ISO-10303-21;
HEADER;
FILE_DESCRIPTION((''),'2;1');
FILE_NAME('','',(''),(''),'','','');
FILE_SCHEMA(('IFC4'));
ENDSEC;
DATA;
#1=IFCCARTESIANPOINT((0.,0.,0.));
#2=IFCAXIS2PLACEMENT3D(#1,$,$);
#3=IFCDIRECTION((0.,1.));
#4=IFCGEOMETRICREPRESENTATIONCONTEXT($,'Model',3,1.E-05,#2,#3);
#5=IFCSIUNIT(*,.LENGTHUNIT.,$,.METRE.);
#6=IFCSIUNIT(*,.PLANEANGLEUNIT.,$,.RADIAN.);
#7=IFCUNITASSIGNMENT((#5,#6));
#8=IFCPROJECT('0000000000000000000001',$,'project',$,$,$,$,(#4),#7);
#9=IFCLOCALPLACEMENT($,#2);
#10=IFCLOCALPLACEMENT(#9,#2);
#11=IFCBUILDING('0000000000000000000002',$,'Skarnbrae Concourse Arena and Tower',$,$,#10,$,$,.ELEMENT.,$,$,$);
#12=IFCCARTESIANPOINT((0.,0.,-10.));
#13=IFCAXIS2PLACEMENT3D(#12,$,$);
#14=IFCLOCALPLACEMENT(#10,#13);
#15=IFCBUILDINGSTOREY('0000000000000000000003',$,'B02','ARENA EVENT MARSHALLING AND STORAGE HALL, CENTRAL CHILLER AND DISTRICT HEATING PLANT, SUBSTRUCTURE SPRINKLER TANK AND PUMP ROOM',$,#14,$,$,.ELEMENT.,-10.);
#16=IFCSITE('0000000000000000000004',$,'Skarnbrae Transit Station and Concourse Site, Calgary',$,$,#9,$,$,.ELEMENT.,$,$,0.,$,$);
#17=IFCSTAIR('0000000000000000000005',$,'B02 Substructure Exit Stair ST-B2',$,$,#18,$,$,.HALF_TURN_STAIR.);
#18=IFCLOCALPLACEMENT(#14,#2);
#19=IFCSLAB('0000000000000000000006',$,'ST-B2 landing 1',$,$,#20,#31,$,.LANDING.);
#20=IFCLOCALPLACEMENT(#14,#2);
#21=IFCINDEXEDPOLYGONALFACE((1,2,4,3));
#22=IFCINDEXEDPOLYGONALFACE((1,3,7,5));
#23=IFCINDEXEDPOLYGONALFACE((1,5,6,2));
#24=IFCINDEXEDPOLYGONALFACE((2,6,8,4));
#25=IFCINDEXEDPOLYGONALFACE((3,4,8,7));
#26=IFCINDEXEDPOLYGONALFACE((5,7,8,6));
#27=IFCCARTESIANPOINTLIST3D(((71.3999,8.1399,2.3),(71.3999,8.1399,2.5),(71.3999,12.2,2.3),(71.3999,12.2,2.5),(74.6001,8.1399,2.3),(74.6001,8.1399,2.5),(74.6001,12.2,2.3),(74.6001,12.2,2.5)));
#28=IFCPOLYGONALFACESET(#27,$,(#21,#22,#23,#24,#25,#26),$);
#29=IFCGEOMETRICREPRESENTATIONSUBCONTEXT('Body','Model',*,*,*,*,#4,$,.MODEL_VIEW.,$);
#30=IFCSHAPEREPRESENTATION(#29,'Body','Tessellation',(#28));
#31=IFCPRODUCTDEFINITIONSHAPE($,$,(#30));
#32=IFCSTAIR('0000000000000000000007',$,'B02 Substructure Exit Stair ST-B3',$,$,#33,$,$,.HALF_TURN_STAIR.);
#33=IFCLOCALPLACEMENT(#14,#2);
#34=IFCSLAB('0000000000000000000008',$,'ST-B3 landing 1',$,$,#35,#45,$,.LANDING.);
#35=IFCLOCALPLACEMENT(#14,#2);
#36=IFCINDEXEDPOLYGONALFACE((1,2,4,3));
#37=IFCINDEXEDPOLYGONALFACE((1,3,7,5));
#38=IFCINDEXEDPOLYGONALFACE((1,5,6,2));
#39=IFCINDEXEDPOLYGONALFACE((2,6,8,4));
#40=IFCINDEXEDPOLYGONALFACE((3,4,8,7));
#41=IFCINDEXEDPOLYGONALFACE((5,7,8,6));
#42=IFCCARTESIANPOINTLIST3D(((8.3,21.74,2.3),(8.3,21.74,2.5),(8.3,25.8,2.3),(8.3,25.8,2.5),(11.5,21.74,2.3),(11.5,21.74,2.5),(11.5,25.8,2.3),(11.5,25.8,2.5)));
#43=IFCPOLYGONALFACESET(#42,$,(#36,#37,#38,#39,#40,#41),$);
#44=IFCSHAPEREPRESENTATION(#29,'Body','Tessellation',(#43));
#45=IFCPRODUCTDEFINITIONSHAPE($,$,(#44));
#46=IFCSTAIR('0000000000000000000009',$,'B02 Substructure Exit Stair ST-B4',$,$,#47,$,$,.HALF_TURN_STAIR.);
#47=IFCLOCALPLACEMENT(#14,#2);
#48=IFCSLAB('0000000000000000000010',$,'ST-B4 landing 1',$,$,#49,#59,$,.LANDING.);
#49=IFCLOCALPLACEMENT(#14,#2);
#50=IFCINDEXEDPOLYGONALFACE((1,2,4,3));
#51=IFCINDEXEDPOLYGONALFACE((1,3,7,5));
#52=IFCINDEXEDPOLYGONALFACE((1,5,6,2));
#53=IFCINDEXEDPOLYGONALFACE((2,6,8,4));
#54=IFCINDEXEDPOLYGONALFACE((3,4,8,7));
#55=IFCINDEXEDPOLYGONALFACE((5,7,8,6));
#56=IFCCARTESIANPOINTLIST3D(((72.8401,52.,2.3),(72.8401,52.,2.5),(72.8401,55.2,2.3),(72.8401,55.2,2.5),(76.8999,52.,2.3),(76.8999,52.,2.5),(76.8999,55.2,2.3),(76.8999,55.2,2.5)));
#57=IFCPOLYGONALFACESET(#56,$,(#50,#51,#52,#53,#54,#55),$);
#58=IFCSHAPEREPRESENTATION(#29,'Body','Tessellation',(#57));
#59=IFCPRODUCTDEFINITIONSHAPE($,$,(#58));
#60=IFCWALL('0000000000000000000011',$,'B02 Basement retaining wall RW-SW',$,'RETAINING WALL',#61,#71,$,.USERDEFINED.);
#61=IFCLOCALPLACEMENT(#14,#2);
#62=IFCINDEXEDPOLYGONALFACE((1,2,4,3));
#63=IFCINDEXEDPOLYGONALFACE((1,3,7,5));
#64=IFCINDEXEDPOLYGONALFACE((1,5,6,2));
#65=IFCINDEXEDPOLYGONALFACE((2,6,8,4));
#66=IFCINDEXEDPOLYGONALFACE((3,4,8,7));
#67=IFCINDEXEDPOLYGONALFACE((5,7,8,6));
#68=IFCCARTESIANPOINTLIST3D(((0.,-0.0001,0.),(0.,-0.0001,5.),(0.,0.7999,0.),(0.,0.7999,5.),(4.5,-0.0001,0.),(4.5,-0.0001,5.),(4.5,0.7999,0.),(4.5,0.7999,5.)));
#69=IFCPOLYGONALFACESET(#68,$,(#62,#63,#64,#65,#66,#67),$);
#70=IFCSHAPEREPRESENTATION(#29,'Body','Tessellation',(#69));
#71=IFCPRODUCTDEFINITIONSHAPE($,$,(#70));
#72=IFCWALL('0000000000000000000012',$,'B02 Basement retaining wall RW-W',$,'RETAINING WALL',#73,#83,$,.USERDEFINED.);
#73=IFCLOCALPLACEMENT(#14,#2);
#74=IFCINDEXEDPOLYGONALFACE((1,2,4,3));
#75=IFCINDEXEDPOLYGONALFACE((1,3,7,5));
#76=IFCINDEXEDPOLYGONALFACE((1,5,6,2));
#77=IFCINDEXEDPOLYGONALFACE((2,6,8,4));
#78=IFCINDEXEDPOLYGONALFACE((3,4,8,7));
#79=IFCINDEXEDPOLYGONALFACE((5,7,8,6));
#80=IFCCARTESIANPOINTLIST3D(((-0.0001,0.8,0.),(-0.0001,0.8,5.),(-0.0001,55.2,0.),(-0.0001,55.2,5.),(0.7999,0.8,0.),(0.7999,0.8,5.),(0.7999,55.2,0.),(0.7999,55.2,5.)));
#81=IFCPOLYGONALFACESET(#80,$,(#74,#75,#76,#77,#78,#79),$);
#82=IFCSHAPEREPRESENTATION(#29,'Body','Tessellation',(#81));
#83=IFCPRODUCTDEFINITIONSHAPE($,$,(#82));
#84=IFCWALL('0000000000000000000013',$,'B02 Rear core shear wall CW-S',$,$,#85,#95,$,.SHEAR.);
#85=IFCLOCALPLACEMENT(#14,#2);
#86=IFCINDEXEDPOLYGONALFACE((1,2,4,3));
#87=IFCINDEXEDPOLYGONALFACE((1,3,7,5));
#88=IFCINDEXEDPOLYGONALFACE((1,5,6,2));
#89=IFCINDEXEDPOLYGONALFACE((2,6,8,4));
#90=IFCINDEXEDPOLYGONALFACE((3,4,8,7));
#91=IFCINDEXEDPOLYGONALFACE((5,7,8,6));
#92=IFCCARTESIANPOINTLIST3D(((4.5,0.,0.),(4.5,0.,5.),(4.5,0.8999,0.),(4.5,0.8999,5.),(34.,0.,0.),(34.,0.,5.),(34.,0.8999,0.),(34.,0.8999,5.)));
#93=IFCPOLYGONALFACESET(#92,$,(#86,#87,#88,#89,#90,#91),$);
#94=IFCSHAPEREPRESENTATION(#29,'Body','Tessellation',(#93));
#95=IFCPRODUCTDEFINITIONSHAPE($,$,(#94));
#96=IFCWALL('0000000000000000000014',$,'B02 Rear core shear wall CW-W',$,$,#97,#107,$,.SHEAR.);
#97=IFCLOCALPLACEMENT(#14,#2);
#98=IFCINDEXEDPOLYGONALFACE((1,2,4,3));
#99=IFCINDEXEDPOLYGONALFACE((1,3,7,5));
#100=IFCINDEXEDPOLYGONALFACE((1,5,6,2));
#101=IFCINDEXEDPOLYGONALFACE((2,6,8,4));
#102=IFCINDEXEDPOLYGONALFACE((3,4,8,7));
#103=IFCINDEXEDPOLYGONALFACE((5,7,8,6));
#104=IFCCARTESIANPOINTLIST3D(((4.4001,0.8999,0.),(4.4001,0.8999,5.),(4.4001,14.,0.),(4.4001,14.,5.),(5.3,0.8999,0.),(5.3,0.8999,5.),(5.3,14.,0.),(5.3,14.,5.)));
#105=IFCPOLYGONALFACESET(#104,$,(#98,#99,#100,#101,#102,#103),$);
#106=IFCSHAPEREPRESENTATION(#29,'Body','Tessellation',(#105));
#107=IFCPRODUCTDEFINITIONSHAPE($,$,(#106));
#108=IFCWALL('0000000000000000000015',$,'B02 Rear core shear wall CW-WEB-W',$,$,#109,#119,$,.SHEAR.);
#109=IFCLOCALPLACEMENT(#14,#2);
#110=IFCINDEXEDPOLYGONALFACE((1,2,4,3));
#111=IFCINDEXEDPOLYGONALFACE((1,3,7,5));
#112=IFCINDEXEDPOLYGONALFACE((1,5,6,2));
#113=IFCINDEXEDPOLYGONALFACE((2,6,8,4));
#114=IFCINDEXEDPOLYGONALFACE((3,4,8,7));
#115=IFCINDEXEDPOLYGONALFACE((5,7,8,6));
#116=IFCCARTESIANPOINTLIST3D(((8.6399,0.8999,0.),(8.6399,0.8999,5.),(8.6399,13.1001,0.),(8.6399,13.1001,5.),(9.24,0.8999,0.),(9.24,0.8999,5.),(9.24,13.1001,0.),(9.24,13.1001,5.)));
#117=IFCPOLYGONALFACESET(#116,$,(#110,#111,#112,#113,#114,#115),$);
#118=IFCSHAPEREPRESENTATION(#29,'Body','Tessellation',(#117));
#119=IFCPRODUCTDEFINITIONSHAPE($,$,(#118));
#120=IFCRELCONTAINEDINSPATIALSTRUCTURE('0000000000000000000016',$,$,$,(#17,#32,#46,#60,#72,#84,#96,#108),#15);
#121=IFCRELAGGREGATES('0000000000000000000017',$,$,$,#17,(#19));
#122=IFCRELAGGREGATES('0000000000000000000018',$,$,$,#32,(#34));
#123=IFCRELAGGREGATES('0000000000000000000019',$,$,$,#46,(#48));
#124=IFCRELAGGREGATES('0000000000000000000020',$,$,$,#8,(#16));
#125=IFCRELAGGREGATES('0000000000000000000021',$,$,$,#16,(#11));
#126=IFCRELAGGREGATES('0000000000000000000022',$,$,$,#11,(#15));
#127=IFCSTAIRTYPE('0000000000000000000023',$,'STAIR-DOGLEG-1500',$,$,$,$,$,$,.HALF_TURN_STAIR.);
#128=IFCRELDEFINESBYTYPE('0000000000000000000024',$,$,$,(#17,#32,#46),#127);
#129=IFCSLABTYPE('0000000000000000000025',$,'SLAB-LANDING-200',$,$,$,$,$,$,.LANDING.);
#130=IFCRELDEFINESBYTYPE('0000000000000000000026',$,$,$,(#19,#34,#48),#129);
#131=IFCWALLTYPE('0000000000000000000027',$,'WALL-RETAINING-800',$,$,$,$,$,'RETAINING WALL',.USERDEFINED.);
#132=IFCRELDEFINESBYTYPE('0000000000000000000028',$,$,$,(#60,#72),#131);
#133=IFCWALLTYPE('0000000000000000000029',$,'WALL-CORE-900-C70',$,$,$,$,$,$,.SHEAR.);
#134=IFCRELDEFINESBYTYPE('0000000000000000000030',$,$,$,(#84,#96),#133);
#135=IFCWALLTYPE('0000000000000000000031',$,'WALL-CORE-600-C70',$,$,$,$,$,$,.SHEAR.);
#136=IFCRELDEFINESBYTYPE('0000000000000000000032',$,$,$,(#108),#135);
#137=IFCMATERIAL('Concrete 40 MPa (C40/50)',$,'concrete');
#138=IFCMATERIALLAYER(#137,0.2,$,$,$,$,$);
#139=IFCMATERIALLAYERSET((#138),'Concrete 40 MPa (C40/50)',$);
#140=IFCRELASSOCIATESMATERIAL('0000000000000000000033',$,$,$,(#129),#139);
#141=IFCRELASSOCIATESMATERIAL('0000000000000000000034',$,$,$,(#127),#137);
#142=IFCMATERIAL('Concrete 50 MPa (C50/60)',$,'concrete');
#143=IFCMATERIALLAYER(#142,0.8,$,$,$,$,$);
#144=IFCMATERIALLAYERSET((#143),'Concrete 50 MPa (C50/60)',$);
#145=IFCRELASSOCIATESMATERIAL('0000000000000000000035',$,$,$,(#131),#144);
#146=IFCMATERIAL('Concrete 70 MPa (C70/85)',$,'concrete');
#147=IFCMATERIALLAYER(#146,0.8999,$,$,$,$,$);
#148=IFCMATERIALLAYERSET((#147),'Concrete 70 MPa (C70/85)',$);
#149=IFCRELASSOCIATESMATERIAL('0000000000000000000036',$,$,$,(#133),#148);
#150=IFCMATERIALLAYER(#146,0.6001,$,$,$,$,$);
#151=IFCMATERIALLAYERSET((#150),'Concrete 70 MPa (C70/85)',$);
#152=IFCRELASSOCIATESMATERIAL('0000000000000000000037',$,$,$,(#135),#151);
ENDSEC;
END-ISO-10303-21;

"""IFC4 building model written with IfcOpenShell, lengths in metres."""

from ifc_helpers import new_model, si_unit, direction, frame, frame_2d, origin, place, context, subcontext, project, spatial, polyline, rectangle, outline, extrude, source, transform, mapped, material, layer, layer_set, type_object, element, aggregate, save


model = new_model("IFC4")

# Units and contexts
model_context = context("Model", 3, precision=1e-05, world=origin(), true_north=direction((0.0, 1.0)))
body_context = subcontext(model_context, "Body", "Model", "MODEL_VIEW")
ifc_project = project(units=[si_unit("LENGTHUNIT", "METRE"), si_unit("PLANEANGLEUNIT", "RADIAN")], contexts=[model_context])

# Site, building, storey
site_placement = place(None, origin())
site = spatial("IfcSite", under=ifc_project, at=site_placement, Name="Skarnbrae Transit Station and Concourse Site, Calgary", CompositionType="ELEMENT", RefElevation=0.0)
building_placement = place(site_placement, origin())
building = spatial("IfcBuilding", under=site, at=building_placement, Name="Skarnbrae Concourse Arena and Tower", CompositionType="ELEMENT")
storey_placement = place(building_placement, frame((0.0, 0.0, -10.0)))
storey = spatial("IfcBuildingStorey", under=building, at=storey_placement, Name="B02", Description="ARENA EVENT MARSHALLING AND STORAGE HALL, CENTRAL CHILLER AND DISTRICT HEATING PLANT, SUBSTRUCTURE SPRINKLER TANK AND PUMP ROOM", CompositionType="ELEMENT", Elevation=-10.0)

# Shared definitions
ifc_material_1 = material(Name="Concrete 50 MPa (C50/60)", Category="concrete")

# Shared definitions
ifc_material_2 = material(Name="Concrete 40 MPa (C40/50)", Category="concrete")

# Stairs, slabs
ifc_layer_1 = layer(ifc_material_2, 0.2)
ifc_layer_set_1 = layer_set([ifc_layer_1], Name="Concrete 40 MPa (C40/50)")
slab_type_1 = type_object("IfcSlabType", Name="SLAB-LANDING-200", PredefinedType="LANDING", material=ifc_layer_set_1)
stair_type_1 = type_object("IfcStairType", Name="STAIR-DOGLEG-1500", PredefinedType="HALF_TURN_STAIR", material=ifc_material_2)
stair_1_placement = place(storey_placement, origin())
stair_1 = element("IfcStair", 1, at=stair_1_placement, inside=storey, type_object=stair_type_1, Name="B02 Substructure Exit Stair ST-B2", PredefinedType="HALF_TURN_STAIR")
slab_1_placement = place(storey_placement, frame((0.0, 0.0, 2.3)))
slab_1 = element("IfcSlab", 2, at=slab_1_placement, type_object=slab_type_1, Name="ST-B2 landing 1", PredefinedType="LANDING", context=body_context, shape_type="SweptSolid", body=[
    extrude(outline(polyline([(74.6001, 8.1399), (74.6001, 12.2), (71.3999, 12.2), (71.3999, 8.1399), (74.6001, 8.1399)])), origin(), (0.0, 0.0, 1.0), 0.2),
])
aggregate(stair_1, [slab_1])
stair_2_placement = place(storey_placement, origin())
stair_2 = element("IfcStair", 3, at=stair_2_placement, inside=storey, type_object=stair_type_1, Name="B02 Substructure Exit Stair ST-B3", PredefinedType="HALF_TURN_STAIR")
slab_2_placement = place(storey_placement, frame((0.0, 0.0, 2.3)))
slab_2 = element("IfcSlab", 4, at=slab_2_placement, type_object=slab_type_1, Name="ST-B3 landing 1", PredefinedType="LANDING", context=body_context, shape_type="SweptSolid", body=[
    extrude(outline(polyline([(11.5, 21.74), (11.5, 25.8), (8.3, 25.8), (8.3, 21.74), (11.5, 21.74)])), origin(), (0.0, 0.0, 1.0), 0.2),
])
aggregate(stair_2, [slab_2])
stair_3_placement = place(storey_placement, origin())
stair_3 = element("IfcStair", 5, at=stair_3_placement, inside=storey, type_object=stair_type_1, Name="B02 Substructure Exit Stair ST-B4", PredefinedType="HALF_TURN_STAIR")
slab_3_placement = place(storey_placement, frame((0.0, 0.0, 2.3)))
slab_3 = element("IfcSlab", 6, at=slab_3_placement, type_object=slab_type_1, Name="ST-B4 landing 1", PredefinedType="LANDING", context=body_context, shape_type="SweptSolid", body=[
    extrude(outline(polyline([(72.8401, 52.0), (76.8999, 52.0), (76.8999, 55.2), (72.8401, 55.2), (72.8401, 52.0)])), origin(), (0.0, 0.0, 1.0), 0.2),
])
aggregate(stair_3, [slab_3])

# Walls
ifc_layer_2 = layer(ifc_material_1, 0.8)
ifc_layer_set_2 = layer_set([ifc_layer_2], Name="Concrete 50 MPa (C50/60)")
wall_type_1 = type_object("IfcWallType", Name="WALL-RETAINING-800", ElementType="RETAINING WALL", PredefinedType="USERDEFINED", material=ifc_layer_set_2)
shared_shape_1 = source(origin(), body_context, "Body", "SweptSolid", [
    extrude(rectangle(XDim=4.5, YDim=0.8, at=frame_2d((2.25, 0.0))), origin(), (0.0, 0.0, 1.0), 5.0),
])
wall_1_placement = place(storey_placement, frame((0.0, 0.3999, 0.0), z_axis=(0.0, 0.0, 1.0), x_axis=(1.0, 0.0, 0.0)))
element("IfcWall", 7, at=wall_1_placement, inside=storey, type_object=wall_type_1, Name="B02 Basement retaining wall RW-SW", ObjectType="RETAINING WALL", PredefinedType="USERDEFINED", context=body_context, shape_type="MappedRepresentation", body=[
    mapped(shared_shape_1, transform((0.0, 0.0, 0.0))),
])
shared_shape_2 = source(origin(), body_context, "Body", "SweptSolid", [
    extrude(rectangle(XDim=54.3999, YDim=0.8, at=frame_2d((27.2, 0.0))), origin(), (0.0, 0.0, 1.0), 5.0),
])
wall_2_placement = place(storey_placement, frame((0.3999, 0.8, 0.0), z_axis=(0.0, 0.0, 1.0), x_axis=(0.0, 1.0, 0.0)))
element("IfcWall", 8, at=wall_2_placement, inside=storey, type_object=wall_type_1, Name="B02 Basement retaining wall RW-W", ObjectType="RETAINING WALL", PredefinedType="USERDEFINED", context=body_context, shape_type="MappedRepresentation", body=[
    mapped(shared_shape_2, transform((0.0, 0.0, 0.0))),
])
ifc_material_3 = material(Name="Concrete 70 MPa (C70/85)", Category="concrete")
ifc_layer_3 = layer(ifc_material_3, 0.8999)
ifc_layer_set_3 = layer_set([ifc_layer_3], Name="Concrete 70 MPa (C70/85)")
wall_type_2 = type_object("IfcWallType", Name="WALL-CORE-900-C70", PredefinedType="SHEAR", material=ifc_layer_set_3)
shared_shape_3 = source(origin(), body_context, "Body", "SweptSolid", [
    extrude(rectangle(XDim=29.5, YDim=0.8999, at=frame_2d((14.75, 0.0))), origin(), (0.0, 0.0, 1.0), 5.0),
])
wall_3_placement = place(storey_placement, frame((4.5, 0.45, 0.0), z_axis=(0.0, 0.0, 1.0), x_axis=(1.0, 0.0, 0.0)))
element("IfcWall", 9, at=wall_3_placement, inside=storey, type_object=wall_type_2, Name="B02 Rear core shear wall CW-S", PredefinedType="SHEAR", context=body_context, shape_type="MappedRepresentation", body=[
    mapped(shared_shape_3, transform((0.0, 0.0, 0.0))),
])
shared_shape_4 = source(origin(), body_context, "Body", "SweptSolid", [
    extrude(rectangle(XDim=13.1001, YDim=0.8999, at=frame_2d((6.55, 0.0))), origin(), (0.0, 0.0, 1.0), 5.0),
])
wall_4_placement = place(storey_placement, frame((4.8501, 0.8999, 0.0), z_axis=(0.0, 0.0, 1.0), x_axis=(0.0, 1.0, 0.0)))
element("IfcWall", 10, at=wall_4_placement, inside=storey, type_object=wall_type_2, Name="B02 Rear core shear wall CW-W", PredefinedType="SHEAR", context=body_context, shape_type="MappedRepresentation", body=[
    mapped(shared_shape_4, transform((0.0, 0.0, 0.0))),
])
ifc_layer_4 = layer(ifc_material_3, 0.6001)
ifc_layer_set_4 = layer_set([ifc_layer_4], Name="Concrete 70 MPa (C70/85)")
wall_type_3 = type_object("IfcWallType", Name="WALL-CORE-600-C70", PredefinedType="SHEAR", material=ifc_layer_set_4)
shared_shape_5 = source(origin(), body_context, "Body", "SweptSolid", [
    extrude(rectangle(XDim=12.2002, YDim=0.6001, at=frame_2d((6.1001, 0.0))), origin(), (0.0, 0.0, 1.0), 5.0),
])
wall_5_placement = place(storey_placement, frame((8.9399, 0.8999, 0.0), z_axis=(0.0, 0.0, 1.0), x_axis=(0.0, 1.0, 0.0)))
element("IfcWall", 11, at=wall_5_placement, inside=storey, type_object=wall_type_3, Name="B02 Rear core shear wall CW-WEB-W", PredefinedType="SHEAR", context=body_context, shape_type="MappedRepresentation", body=[
    mapped(shared_shape_5, transform((0.0, 0.0, 0.0))),
])

save(model, "model.ifc")
